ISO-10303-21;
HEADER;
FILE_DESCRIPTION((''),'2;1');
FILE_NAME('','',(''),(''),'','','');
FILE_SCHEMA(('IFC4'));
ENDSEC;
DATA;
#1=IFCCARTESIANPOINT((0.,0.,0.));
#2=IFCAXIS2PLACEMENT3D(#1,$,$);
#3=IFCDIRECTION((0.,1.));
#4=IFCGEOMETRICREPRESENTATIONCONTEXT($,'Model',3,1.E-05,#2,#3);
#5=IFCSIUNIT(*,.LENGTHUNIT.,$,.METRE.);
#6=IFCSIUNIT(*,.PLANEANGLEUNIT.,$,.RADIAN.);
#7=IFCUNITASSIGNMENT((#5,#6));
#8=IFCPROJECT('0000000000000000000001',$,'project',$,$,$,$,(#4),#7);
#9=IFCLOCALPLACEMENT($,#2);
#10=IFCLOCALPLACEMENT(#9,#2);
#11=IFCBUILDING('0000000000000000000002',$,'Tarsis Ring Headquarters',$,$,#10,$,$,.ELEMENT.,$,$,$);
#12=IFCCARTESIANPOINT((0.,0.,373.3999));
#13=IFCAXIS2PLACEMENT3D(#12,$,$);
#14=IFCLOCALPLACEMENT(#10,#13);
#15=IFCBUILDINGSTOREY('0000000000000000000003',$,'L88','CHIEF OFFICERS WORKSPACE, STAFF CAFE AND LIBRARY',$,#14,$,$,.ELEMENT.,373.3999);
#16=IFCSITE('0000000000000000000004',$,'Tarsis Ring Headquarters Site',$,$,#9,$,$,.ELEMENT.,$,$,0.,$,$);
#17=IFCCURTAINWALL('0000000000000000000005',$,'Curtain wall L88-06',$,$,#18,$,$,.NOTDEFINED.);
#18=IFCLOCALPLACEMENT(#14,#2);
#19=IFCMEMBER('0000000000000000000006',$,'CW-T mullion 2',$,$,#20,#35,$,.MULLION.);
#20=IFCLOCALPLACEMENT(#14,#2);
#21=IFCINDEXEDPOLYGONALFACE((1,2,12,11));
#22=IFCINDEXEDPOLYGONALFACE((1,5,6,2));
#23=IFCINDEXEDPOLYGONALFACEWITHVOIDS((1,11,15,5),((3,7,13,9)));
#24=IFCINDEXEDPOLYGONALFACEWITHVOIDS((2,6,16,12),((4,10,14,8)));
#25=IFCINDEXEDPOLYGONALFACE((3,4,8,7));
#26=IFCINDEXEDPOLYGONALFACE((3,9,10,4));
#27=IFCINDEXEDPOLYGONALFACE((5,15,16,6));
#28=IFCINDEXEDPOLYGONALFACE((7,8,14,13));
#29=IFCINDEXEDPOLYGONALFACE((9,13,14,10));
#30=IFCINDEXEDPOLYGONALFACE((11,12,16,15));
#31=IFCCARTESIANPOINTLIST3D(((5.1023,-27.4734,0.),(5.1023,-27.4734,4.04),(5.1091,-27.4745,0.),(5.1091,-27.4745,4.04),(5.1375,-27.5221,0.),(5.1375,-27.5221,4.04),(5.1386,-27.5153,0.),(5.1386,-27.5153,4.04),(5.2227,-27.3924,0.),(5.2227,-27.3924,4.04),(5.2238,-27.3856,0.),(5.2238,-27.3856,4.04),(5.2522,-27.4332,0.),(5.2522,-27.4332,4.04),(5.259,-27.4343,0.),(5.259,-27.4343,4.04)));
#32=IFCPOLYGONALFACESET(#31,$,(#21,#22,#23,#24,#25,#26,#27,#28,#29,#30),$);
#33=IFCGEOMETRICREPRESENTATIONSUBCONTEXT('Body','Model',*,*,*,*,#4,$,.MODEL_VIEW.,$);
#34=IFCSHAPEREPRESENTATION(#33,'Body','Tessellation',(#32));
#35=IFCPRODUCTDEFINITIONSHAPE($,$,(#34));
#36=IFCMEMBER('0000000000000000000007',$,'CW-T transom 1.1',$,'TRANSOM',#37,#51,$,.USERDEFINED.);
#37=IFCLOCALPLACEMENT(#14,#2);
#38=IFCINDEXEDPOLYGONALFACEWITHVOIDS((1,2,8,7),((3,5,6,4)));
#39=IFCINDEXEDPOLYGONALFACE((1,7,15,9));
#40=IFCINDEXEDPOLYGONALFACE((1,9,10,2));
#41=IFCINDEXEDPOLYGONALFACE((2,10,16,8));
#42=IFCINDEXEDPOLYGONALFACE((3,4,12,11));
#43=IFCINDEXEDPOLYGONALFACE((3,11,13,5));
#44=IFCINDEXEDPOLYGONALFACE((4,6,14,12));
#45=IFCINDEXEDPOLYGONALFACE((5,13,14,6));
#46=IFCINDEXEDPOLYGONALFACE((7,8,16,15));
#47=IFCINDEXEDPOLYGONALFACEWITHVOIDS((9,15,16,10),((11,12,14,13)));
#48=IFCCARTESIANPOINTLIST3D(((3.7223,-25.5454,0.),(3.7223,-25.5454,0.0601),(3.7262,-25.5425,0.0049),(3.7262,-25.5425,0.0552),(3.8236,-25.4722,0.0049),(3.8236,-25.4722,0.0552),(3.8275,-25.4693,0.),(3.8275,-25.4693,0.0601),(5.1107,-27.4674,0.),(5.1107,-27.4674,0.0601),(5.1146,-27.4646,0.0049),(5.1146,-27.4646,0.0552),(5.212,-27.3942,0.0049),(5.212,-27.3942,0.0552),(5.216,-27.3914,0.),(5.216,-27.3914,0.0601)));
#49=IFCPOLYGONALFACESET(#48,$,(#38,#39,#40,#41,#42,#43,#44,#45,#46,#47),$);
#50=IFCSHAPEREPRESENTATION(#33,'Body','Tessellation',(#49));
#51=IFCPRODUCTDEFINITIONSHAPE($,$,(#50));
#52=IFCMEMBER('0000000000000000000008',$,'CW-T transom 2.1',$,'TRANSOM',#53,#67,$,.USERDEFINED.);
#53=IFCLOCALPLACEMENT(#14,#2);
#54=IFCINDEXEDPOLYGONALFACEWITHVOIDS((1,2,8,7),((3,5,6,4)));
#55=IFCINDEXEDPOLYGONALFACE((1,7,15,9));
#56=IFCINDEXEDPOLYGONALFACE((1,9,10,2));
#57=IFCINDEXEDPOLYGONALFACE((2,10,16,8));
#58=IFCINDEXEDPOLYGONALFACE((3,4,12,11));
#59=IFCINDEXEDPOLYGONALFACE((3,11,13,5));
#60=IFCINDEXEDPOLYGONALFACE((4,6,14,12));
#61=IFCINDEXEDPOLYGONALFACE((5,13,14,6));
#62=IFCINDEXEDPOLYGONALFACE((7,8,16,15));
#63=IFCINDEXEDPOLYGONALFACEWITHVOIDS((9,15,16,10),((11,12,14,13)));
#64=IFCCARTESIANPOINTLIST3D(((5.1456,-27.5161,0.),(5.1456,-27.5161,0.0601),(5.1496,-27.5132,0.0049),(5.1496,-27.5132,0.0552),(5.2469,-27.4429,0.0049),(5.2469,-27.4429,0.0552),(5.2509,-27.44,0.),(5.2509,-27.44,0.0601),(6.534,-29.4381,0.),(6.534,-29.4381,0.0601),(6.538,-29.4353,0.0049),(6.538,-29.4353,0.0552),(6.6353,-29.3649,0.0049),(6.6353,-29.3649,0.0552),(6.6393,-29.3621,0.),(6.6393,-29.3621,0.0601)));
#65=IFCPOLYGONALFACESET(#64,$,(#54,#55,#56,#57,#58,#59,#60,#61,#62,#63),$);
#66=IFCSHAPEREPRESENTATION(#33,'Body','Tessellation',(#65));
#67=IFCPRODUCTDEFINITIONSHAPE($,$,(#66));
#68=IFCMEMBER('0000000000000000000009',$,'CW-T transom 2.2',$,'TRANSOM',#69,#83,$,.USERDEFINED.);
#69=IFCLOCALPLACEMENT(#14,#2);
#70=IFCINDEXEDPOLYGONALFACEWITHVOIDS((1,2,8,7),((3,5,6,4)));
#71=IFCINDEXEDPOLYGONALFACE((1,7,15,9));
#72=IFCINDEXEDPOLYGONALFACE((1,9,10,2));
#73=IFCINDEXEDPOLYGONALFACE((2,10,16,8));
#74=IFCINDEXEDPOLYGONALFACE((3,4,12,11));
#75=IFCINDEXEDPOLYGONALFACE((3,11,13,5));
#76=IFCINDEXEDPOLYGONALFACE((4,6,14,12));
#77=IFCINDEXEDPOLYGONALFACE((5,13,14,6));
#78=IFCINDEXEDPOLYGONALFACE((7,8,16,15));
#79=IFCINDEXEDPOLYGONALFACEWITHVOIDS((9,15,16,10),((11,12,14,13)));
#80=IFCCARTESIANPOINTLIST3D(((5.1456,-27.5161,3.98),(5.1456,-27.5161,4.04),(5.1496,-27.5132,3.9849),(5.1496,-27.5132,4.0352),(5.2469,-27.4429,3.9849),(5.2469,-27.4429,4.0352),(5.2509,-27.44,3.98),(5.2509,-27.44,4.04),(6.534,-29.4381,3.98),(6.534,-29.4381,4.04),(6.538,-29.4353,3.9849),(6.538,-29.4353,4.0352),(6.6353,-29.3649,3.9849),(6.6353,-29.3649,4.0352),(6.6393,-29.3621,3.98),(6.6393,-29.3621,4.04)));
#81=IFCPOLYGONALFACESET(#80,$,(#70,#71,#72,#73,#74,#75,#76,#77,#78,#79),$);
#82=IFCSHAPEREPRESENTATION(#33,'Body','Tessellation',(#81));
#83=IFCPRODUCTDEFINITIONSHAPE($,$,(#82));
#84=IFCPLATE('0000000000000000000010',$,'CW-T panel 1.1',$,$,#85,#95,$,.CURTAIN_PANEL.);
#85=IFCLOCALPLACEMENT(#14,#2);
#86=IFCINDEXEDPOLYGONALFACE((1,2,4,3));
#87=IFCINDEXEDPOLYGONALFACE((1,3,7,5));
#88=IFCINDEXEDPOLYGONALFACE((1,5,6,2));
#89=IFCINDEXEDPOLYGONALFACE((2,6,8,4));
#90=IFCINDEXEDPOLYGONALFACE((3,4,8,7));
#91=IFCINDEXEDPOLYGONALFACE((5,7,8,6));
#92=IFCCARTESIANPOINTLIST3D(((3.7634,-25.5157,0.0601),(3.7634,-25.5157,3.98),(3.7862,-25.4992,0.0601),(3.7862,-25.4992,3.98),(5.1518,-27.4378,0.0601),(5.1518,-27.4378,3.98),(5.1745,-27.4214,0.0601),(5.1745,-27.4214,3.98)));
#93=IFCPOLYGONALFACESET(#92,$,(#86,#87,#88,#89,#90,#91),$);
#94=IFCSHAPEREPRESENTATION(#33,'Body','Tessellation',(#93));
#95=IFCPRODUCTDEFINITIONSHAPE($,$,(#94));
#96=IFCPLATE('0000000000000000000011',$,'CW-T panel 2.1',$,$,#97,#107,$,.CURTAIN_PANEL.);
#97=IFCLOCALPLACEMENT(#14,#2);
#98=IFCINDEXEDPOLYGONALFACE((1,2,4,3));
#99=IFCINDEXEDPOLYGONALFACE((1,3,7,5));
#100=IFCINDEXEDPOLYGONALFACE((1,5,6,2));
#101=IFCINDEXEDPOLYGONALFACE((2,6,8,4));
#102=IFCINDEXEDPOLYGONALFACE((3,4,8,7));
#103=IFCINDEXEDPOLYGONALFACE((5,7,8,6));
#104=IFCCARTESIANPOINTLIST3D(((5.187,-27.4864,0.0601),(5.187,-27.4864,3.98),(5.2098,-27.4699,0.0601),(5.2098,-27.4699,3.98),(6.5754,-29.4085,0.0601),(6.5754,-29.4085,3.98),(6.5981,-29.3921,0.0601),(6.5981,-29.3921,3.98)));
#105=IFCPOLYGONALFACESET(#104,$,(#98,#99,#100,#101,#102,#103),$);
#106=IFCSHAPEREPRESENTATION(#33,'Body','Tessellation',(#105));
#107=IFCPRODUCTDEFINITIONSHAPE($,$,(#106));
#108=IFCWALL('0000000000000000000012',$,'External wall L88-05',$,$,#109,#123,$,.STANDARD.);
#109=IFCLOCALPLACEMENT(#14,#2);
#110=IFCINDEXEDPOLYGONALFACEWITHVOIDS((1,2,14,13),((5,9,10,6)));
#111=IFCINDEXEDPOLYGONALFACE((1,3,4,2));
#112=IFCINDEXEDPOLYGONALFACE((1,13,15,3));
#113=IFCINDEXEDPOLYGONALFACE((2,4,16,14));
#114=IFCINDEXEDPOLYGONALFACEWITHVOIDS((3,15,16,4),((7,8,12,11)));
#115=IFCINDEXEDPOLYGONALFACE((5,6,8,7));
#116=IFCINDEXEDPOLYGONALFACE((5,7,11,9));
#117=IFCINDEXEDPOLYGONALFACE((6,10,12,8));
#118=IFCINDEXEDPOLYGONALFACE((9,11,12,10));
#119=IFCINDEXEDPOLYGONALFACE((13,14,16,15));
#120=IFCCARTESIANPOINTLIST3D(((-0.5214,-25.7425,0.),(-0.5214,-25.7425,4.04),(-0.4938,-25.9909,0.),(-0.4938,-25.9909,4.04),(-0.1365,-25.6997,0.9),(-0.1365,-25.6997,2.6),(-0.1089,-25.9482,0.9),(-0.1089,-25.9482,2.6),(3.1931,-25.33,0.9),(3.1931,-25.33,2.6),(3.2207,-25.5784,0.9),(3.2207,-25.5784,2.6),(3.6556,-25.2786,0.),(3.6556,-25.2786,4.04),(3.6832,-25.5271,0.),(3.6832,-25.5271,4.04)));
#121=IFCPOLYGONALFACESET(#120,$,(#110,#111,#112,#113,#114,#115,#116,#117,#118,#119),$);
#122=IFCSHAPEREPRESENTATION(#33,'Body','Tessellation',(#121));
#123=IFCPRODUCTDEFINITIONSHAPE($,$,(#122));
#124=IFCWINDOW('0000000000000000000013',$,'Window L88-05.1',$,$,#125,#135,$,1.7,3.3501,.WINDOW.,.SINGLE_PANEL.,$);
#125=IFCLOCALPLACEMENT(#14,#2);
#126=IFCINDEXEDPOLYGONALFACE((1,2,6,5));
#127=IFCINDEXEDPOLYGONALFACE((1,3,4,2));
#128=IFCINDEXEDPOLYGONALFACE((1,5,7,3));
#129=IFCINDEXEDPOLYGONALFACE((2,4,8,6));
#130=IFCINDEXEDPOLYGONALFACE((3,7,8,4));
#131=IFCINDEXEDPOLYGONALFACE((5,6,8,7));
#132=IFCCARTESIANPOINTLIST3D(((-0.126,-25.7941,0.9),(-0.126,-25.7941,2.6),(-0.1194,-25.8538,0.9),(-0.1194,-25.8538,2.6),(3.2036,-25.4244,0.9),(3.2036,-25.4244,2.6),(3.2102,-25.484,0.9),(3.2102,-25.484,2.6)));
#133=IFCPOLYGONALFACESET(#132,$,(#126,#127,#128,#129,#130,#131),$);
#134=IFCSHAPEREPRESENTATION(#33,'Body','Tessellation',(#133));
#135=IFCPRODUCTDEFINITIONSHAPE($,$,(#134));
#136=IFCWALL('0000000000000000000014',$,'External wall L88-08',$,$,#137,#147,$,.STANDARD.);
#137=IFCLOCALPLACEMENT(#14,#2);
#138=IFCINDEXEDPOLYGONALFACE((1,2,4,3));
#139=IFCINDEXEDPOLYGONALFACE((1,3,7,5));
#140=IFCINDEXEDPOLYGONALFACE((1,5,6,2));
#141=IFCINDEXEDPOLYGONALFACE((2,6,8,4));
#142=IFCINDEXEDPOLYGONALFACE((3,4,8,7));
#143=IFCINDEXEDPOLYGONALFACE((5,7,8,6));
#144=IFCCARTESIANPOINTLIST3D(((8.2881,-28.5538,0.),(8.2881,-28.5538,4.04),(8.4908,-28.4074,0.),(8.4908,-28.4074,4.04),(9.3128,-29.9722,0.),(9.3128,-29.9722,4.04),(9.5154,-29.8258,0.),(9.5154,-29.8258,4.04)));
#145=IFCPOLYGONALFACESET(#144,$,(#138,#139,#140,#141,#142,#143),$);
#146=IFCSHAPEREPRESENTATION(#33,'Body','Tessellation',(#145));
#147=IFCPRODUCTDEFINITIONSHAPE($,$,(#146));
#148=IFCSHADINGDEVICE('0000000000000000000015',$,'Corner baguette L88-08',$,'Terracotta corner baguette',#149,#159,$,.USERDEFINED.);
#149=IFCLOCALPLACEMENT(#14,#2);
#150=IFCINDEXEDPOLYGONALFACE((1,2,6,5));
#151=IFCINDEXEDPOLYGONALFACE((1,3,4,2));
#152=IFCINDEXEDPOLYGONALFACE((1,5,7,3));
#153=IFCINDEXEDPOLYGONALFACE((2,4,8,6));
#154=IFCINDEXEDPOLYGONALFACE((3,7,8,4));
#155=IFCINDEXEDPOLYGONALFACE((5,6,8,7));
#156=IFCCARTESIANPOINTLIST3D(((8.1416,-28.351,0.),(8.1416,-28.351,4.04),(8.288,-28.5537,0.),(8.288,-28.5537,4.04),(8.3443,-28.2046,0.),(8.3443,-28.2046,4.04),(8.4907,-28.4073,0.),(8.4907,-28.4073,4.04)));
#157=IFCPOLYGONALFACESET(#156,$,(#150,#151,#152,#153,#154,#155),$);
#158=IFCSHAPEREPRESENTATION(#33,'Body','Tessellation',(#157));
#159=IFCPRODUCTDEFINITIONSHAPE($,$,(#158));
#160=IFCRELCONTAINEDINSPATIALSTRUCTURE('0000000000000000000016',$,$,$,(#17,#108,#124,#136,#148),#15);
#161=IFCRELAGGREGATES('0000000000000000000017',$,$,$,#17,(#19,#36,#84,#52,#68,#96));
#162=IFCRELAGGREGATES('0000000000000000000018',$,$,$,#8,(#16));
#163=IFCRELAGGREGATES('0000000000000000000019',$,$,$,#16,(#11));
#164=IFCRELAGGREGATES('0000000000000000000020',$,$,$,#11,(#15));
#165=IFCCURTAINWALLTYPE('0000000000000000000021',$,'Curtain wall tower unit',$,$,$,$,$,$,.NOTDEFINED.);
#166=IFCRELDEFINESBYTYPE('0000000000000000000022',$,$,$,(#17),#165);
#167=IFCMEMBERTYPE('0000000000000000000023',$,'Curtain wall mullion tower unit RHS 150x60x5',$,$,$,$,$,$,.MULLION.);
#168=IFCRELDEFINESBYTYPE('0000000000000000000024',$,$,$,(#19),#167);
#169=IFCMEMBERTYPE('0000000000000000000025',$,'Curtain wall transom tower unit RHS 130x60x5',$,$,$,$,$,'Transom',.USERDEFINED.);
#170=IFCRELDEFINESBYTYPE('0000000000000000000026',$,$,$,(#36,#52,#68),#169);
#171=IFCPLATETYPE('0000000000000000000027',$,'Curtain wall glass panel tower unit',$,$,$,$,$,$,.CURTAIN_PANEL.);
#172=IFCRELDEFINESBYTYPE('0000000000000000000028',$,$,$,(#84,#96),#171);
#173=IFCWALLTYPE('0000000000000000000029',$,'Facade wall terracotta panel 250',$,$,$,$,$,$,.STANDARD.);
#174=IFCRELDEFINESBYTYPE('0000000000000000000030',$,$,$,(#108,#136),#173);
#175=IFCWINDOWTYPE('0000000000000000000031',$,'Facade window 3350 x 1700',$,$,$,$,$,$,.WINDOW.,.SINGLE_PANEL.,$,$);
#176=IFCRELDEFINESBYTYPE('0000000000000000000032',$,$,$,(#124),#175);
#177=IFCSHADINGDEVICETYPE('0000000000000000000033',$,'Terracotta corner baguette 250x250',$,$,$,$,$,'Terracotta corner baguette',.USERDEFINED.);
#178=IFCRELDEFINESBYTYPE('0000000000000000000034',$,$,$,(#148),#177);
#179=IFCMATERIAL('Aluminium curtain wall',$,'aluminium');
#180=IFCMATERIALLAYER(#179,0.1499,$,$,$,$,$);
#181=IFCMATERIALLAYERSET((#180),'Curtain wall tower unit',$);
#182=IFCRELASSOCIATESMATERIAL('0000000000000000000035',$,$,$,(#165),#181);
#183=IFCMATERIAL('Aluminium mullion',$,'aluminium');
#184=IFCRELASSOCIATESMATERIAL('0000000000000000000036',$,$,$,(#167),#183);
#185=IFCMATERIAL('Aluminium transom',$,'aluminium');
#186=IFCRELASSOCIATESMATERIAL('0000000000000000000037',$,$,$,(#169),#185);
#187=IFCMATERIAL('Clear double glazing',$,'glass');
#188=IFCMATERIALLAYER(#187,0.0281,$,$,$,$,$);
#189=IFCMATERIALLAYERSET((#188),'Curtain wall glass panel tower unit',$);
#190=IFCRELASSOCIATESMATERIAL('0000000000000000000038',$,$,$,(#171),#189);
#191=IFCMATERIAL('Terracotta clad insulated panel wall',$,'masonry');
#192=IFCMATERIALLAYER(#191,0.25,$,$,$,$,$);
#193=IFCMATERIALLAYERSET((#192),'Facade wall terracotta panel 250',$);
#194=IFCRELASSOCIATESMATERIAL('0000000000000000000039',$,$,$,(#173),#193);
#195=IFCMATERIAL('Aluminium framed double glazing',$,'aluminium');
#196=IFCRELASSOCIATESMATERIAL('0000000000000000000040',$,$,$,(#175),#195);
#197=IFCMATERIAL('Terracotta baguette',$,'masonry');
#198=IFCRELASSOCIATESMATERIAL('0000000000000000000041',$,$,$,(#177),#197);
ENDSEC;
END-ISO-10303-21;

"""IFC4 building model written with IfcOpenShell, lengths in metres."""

from ifc_helpers import new_model, si_unit, direction, frame, frame_2d, origin, origin_2d, place, context, subcontext, project, spatial, rectangle, hollow_rectangle, extrude, material, layer, layer_set, material_profile, profile_set, type_object, element, fill, aggregate, save


model = new_model("IFC4")

# Units and contexts
model_context = context("Model", 3, precision=1e-05, world=origin(), true_north=direction((0.0, 1.0)))
body_context = subcontext(model_context, "Body", "Model", "MODEL_VIEW")
ifc_project = project(units=[si_unit("LENGTHUNIT", "METRE"), si_unit("PLANEANGLEUNIT", "RADIAN")], contexts=[model_context])

# Site, building, storey
site_placement = place(None, origin())
site = spatial("IfcSite", under=ifc_project, at=site_placement, Name="Tarsis Ring Headquarters Site", CompositionType="ELEMENT", RefElevation=0.0)
building_placement = place(site_placement, origin())
building = spatial("IfcBuilding", under=site, at=building_placement, Name="Tarsis Ring Headquarters", CompositionType="ELEMENT")
storey_placement = place(building_placement, frame((0.0, 0.0, 373.3999)))
storey = spatial("IfcBuildingStorey", under=building, at=storey_placement, Name="L88", Description="CHIEF OFFICERS WORKSPACE, STAFF CAFE AND LIBRARY", CompositionType="ELEMENT", Elevation=373.3999)

# Curtain wall, members, plates
ifc_material_1 = material(Name="Aluminium curtain wall", Category="aluminium")
ifc_layer_1 = layer(ifc_material_1, 0.1499)
ifc_layer_set_1 = layer_set([ifc_layer_1], Name="Curtain wall tower unit")
curtain_wall_type = type_object("IfcCurtainWallType", Name="Curtain wall tower unit", PredefinedType="NOTDEFINED", material=ifc_layer_set_1)
curtain_wall_placement = place(storey_placement, origin())
curtain_wall = element("IfcCurtainWall", 1, at=curtain_wall_placement, inside=storey, type_object=curtain_wall_type, Name="Curtain wall L88-06", PredefinedType="NOTDEFINED")
ifc_material_2 = material(Name="Aluminium mullion", Category="aluminium")
ifc_material_profile_1 = material_profile(ifc_material_2, hollow_rectangle(XDim=0.1499, YDim=0.0601, WallThickness=0.0049, at=origin_2d()), Name="RHS 150x60x5")
ifc_profile_set_1 = profile_set([ifc_material_profile_1], Name="Aluminium mullion")
member_type_1 = type_object("IfcMemberType", Name="Curtain wall mullion tower unit RHS 150x60x5", PredefinedType="MULLION", material=ifc_profile_set_1)
member_1_placement = place(storey_placement, frame((5.1807, -27.4539, 0.0), z_axis=(0.0, 0.0, 1.0), x_axis=(0.810655, 0.585524, 0.0)))
member_1 = element("IfcMember", 2, at=member_1_placement, type_object=member_type_1, Name="CW-T mullion 2", PredefinedType="MULLION", context=body_context, shape_type="SweptSolid", body=[
    extrude(hollow_rectangle(XDim=0.1499, YDim=0.0601, WallThickness=0.0049, at=origin_2d()), origin(), (0.0, 0.0, 1.0), 4.04),
])
ifc_material_3 = material(Name="Aluminium transom", Category="aluminium")
ifc_material_profile_2 = material_profile(ifc_material_3, hollow_rectangle(XDim=0.1299, YDim=0.0601, WallThickness=0.0049, at=origin_2d()), Name="RHS 130x60x5")
ifc_profile_set_2 = profile_set([ifc_material_profile_2], Name="Aluminium transom")
member_type_2 = type_object("IfcMemberType", Name="Curtain wall transom tower unit RHS 130x60x5", ElementType="Transom", PredefinedType="USERDEFINED", material=ifc_profile_set_2)
member_2_placement = place(storey_placement, frame((3.7749, -25.5073, 0.03), z_axis=(0.585554, -0.810633, 0.0), x_axis=(0.810633, 0.585554, 0.0)))
member_2 = element("IfcMember", 3, at=member_2_placement, type_object=member_type_2, Name="CW-T transom 1.1", ObjectType="TRANSOM", PredefinedType="USERDEFINED", context=body_context, shape_type="SweptSolid", body=[
    extrude(hollow_rectangle(XDim=0.1299, YDim=0.0601, WallThickness=0.0049, at=origin_2d()), origin(), (0.0, 0.0, 1.0), 2.3711),
])
member_3_placement = place(storey_placement, frame((5.1982, -27.478, 0.03), z_axis=(0.585554, -0.810633, 0.0), x_axis=(0.810633, 0.585554, 0.0)))
member_3 = element("IfcMember", 4, at=member_3_placement, type_object=member_type_2, Name="CW-T transom 2.1", ObjectType="TRANSOM", PredefinedType="USERDEFINED", context=body_context, shape_type="SweptSolid", body=[
    extrude(hollow_rectangle(XDim=0.1299, YDim=0.0601, WallThickness=0.0049, at=origin_2d()), origin(), (0.0, 0.0, 1.0), 2.3711),
])
member_4_placement = place(storey_placement, frame((5.1982, -27.478, 4.01), z_axis=(0.585554, -0.810633, 0.0), x_axis=(0.810633, 0.585554, 0.0)))
member_4 = element("IfcMember", 5, at=member_4_placement, type_object=member_type_2, Name="CW-T transom 2.2", ObjectType="TRANSOM", PredefinedType="USERDEFINED", context=body_context, shape_type="SweptSolid", body=[
    extrude(hollow_rectangle(XDim=0.1299, YDim=0.0601, WallThickness=0.0049, at=origin_2d()), origin(), (0.0, 0.0, 1.0), 2.3711),
])
ifc_material_4 = material(Name="Clear double glazing", Category="glass")
ifc_layer_2 = layer(ifc_material_4, 0.0281)
ifc_layer_set_2 = layer_set([ifc_layer_2], Name="Curtain wall glass panel tower unit")
plate_type = type_object("IfcPlateType", Name="Curtain wall glass panel tower unit", PredefinedType="CURTAIN_PANEL", material=ifc_layer_set_2)
plate_1_placement = place(storey_placement, frame((4.469, -26.4685, 0.0601), z_axis=(0.0, 0.0, 1.0), x_axis=(0.585524, -0.810655, 0.0)))
plate_1 = element("IfcPlate", 6, at=plate_1_placement, type_object=plate_type, Name="CW-T panel 1.1", PredefinedType="CURTAIN_PANEL", context=body_context, shape_type="SweptSolid", body=[
    extrude(rectangle(XDim=2.3711, YDim=0.0281, at=origin_2d()), origin(), (0.0, 0.0, 1.0), 3.9199),
])
plate_2_placement = place(storey_placement, frame((5.8926, -28.4392, 0.0601), z_axis=(0.0, 0.0, 1.0), x_axis=(0.585524, -0.810655, 0.0)))
plate_2 = element("IfcPlate", 7, at=plate_2_placement, type_object=plate_type, Name="CW-T panel 2.1", PredefinedType="CURTAIN_PANEL", context=body_context, shape_type="SweptSolid", body=[
    extrude(rectangle(XDim=2.3711, YDim=0.0281, at=origin_2d()), origin(), (0.0, 0.0, 1.0), 3.9199),
])
aggregate(curtain_wall, [member_1, member_2, plate_1, member_3, member_4, plate_2])

# Wall, opening, window
ifc_material_5 = material(Name="Terracotta clad insulated panel wall", Category="masonry")
ifc_layer_3 = layer(ifc_material_5, 0.25)
ifc_layer_set_3 = layer_set([ifc_layer_3], Name="Facade wall terracotta panel 250")
wall_type = type_object("IfcWallType", Name="Facade wall terracotta panel 250", PredefinedType="STANDARD", material=ifc_layer_set_3)
wall_1_placement = place(storey_placement, frame((-0.5076, -25.8667, 0.0), z_axis=(0.0, 0.0, 1.0), x_axis=(0.99389, 0.110374, 0.0)))
wall_1 = element("IfcWall", 8, at=wall_1_placement, inside=storey, type_object=wall_type, Name="External wall L88-05", PredefinedType="STANDARD", context=body_context, shape_type="SweptSolid", body=[
    extrude(rectangle(XDim=4.2026, YDim=0.25, at=frame_2d((2.1013, 0.0))), origin(), (0.0, 0.0, 1.0), 4.04),
])
opening_placement = place(wall_1_placement, frame((0.3872, 0.0, 0.8999)))
opening = element("IfcOpeningElement", 9, at=opening_placement, cuts=wall_1, PredefinedType="OPENING", context=body_context, shape_type="SweptSolid", body=[
    extrude(rectangle(XDim=3.3501, YDim=1.7, at=frame_2d((1.675, 0.8501))), frame((0.0, 0.135, 0.0), z_axis=(0.0, -1.0, 0.0), x_axis=(1.0, 0.0, 0.0)), (0.0, 0.0, 1.0), 0.27),
])
ifc_material_6 = material(Name="Aluminium framed double glazing", Category="aluminium")
window_type = type_object("IfcWindowType", Name="Facade window 3350 x 1700", PartitioningType="SINGLE_PANEL", PredefinedType="WINDOW", material=ifc_material_6)
window_placement = place(opening_placement, origin())
window = element("IfcWindow", 10, at=window_placement, inside=storey, type_object=window_type, Name="Window L88-05.1", OverallHeight=1.7, OverallWidth=3.3501, PartitioningType="SINGLE_PANEL", PredefinedType="WINDOW", context=body_context, shape_type="SweptSolid", body=[
    extrude(rectangle(XDim=3.3501, YDim=1.7, at=frame_2d((1.675, 0.8501))), frame((0.0, 0.03, 0.0), z_axis=(0.0, -1.0, 0.0), x_axis=(1.0, 0.0, 0.0)), (0.0, 0.0, 1.0), 0.0601),
])
fill(opening, window)

# Wall
wall_2_placement = place(storey_placement, frame((8.3894, -28.4805, 0.0), z_axis=(0.0, 0.0, 1.0), x_axis=(0.585572, -0.81062, 0.0)))
element("IfcWall", 11, at=wall_2_placement, inside=storey, type_object=wall_type, Name="External wall L88-08", PredefinedType="STANDARD", context=body_context, shape_type="SweptSolid", body=[
    extrude(rectangle(XDim=1.7498, YDim=0.25, at=frame_2d((0.875, 0.0))), origin(), (0.0, 0.0, 1.0), 4.04),
])

# Shading device
ifc_material_7 = material(Name="Terracotta baguette", Category="masonry")
shading_device_type = type_object("IfcShadingDeviceType", Name="Terracotta corner baguette 250x250", ElementType="Terracotta corner baguette", PredefinedType="USERDEFINED", material=ifc_material_7)
shading_device_placement = place(storey_placement, frame((8.3162, -28.3792, 0.0), z_axis=(0.0, 0.0, 1.0), x_axis=(0.810655, 0.585524, 0.0)))
element("IfcShadingDevice", 12, at=shading_device_placement, inside=storey, type_object=shading_device_type, Name="Corner baguette L88-08", ObjectType="Terracotta corner baguette", PredefinedType="USERDEFINED", context=body_context, shape_type="SweptSolid", body=[
    extrude(rectangle(XDim=0.25, YDim=0.25, at=origin_2d()), origin(), (0.0, 0.0, 1.0), 4.04),
])

save(model, "model.ifc")
